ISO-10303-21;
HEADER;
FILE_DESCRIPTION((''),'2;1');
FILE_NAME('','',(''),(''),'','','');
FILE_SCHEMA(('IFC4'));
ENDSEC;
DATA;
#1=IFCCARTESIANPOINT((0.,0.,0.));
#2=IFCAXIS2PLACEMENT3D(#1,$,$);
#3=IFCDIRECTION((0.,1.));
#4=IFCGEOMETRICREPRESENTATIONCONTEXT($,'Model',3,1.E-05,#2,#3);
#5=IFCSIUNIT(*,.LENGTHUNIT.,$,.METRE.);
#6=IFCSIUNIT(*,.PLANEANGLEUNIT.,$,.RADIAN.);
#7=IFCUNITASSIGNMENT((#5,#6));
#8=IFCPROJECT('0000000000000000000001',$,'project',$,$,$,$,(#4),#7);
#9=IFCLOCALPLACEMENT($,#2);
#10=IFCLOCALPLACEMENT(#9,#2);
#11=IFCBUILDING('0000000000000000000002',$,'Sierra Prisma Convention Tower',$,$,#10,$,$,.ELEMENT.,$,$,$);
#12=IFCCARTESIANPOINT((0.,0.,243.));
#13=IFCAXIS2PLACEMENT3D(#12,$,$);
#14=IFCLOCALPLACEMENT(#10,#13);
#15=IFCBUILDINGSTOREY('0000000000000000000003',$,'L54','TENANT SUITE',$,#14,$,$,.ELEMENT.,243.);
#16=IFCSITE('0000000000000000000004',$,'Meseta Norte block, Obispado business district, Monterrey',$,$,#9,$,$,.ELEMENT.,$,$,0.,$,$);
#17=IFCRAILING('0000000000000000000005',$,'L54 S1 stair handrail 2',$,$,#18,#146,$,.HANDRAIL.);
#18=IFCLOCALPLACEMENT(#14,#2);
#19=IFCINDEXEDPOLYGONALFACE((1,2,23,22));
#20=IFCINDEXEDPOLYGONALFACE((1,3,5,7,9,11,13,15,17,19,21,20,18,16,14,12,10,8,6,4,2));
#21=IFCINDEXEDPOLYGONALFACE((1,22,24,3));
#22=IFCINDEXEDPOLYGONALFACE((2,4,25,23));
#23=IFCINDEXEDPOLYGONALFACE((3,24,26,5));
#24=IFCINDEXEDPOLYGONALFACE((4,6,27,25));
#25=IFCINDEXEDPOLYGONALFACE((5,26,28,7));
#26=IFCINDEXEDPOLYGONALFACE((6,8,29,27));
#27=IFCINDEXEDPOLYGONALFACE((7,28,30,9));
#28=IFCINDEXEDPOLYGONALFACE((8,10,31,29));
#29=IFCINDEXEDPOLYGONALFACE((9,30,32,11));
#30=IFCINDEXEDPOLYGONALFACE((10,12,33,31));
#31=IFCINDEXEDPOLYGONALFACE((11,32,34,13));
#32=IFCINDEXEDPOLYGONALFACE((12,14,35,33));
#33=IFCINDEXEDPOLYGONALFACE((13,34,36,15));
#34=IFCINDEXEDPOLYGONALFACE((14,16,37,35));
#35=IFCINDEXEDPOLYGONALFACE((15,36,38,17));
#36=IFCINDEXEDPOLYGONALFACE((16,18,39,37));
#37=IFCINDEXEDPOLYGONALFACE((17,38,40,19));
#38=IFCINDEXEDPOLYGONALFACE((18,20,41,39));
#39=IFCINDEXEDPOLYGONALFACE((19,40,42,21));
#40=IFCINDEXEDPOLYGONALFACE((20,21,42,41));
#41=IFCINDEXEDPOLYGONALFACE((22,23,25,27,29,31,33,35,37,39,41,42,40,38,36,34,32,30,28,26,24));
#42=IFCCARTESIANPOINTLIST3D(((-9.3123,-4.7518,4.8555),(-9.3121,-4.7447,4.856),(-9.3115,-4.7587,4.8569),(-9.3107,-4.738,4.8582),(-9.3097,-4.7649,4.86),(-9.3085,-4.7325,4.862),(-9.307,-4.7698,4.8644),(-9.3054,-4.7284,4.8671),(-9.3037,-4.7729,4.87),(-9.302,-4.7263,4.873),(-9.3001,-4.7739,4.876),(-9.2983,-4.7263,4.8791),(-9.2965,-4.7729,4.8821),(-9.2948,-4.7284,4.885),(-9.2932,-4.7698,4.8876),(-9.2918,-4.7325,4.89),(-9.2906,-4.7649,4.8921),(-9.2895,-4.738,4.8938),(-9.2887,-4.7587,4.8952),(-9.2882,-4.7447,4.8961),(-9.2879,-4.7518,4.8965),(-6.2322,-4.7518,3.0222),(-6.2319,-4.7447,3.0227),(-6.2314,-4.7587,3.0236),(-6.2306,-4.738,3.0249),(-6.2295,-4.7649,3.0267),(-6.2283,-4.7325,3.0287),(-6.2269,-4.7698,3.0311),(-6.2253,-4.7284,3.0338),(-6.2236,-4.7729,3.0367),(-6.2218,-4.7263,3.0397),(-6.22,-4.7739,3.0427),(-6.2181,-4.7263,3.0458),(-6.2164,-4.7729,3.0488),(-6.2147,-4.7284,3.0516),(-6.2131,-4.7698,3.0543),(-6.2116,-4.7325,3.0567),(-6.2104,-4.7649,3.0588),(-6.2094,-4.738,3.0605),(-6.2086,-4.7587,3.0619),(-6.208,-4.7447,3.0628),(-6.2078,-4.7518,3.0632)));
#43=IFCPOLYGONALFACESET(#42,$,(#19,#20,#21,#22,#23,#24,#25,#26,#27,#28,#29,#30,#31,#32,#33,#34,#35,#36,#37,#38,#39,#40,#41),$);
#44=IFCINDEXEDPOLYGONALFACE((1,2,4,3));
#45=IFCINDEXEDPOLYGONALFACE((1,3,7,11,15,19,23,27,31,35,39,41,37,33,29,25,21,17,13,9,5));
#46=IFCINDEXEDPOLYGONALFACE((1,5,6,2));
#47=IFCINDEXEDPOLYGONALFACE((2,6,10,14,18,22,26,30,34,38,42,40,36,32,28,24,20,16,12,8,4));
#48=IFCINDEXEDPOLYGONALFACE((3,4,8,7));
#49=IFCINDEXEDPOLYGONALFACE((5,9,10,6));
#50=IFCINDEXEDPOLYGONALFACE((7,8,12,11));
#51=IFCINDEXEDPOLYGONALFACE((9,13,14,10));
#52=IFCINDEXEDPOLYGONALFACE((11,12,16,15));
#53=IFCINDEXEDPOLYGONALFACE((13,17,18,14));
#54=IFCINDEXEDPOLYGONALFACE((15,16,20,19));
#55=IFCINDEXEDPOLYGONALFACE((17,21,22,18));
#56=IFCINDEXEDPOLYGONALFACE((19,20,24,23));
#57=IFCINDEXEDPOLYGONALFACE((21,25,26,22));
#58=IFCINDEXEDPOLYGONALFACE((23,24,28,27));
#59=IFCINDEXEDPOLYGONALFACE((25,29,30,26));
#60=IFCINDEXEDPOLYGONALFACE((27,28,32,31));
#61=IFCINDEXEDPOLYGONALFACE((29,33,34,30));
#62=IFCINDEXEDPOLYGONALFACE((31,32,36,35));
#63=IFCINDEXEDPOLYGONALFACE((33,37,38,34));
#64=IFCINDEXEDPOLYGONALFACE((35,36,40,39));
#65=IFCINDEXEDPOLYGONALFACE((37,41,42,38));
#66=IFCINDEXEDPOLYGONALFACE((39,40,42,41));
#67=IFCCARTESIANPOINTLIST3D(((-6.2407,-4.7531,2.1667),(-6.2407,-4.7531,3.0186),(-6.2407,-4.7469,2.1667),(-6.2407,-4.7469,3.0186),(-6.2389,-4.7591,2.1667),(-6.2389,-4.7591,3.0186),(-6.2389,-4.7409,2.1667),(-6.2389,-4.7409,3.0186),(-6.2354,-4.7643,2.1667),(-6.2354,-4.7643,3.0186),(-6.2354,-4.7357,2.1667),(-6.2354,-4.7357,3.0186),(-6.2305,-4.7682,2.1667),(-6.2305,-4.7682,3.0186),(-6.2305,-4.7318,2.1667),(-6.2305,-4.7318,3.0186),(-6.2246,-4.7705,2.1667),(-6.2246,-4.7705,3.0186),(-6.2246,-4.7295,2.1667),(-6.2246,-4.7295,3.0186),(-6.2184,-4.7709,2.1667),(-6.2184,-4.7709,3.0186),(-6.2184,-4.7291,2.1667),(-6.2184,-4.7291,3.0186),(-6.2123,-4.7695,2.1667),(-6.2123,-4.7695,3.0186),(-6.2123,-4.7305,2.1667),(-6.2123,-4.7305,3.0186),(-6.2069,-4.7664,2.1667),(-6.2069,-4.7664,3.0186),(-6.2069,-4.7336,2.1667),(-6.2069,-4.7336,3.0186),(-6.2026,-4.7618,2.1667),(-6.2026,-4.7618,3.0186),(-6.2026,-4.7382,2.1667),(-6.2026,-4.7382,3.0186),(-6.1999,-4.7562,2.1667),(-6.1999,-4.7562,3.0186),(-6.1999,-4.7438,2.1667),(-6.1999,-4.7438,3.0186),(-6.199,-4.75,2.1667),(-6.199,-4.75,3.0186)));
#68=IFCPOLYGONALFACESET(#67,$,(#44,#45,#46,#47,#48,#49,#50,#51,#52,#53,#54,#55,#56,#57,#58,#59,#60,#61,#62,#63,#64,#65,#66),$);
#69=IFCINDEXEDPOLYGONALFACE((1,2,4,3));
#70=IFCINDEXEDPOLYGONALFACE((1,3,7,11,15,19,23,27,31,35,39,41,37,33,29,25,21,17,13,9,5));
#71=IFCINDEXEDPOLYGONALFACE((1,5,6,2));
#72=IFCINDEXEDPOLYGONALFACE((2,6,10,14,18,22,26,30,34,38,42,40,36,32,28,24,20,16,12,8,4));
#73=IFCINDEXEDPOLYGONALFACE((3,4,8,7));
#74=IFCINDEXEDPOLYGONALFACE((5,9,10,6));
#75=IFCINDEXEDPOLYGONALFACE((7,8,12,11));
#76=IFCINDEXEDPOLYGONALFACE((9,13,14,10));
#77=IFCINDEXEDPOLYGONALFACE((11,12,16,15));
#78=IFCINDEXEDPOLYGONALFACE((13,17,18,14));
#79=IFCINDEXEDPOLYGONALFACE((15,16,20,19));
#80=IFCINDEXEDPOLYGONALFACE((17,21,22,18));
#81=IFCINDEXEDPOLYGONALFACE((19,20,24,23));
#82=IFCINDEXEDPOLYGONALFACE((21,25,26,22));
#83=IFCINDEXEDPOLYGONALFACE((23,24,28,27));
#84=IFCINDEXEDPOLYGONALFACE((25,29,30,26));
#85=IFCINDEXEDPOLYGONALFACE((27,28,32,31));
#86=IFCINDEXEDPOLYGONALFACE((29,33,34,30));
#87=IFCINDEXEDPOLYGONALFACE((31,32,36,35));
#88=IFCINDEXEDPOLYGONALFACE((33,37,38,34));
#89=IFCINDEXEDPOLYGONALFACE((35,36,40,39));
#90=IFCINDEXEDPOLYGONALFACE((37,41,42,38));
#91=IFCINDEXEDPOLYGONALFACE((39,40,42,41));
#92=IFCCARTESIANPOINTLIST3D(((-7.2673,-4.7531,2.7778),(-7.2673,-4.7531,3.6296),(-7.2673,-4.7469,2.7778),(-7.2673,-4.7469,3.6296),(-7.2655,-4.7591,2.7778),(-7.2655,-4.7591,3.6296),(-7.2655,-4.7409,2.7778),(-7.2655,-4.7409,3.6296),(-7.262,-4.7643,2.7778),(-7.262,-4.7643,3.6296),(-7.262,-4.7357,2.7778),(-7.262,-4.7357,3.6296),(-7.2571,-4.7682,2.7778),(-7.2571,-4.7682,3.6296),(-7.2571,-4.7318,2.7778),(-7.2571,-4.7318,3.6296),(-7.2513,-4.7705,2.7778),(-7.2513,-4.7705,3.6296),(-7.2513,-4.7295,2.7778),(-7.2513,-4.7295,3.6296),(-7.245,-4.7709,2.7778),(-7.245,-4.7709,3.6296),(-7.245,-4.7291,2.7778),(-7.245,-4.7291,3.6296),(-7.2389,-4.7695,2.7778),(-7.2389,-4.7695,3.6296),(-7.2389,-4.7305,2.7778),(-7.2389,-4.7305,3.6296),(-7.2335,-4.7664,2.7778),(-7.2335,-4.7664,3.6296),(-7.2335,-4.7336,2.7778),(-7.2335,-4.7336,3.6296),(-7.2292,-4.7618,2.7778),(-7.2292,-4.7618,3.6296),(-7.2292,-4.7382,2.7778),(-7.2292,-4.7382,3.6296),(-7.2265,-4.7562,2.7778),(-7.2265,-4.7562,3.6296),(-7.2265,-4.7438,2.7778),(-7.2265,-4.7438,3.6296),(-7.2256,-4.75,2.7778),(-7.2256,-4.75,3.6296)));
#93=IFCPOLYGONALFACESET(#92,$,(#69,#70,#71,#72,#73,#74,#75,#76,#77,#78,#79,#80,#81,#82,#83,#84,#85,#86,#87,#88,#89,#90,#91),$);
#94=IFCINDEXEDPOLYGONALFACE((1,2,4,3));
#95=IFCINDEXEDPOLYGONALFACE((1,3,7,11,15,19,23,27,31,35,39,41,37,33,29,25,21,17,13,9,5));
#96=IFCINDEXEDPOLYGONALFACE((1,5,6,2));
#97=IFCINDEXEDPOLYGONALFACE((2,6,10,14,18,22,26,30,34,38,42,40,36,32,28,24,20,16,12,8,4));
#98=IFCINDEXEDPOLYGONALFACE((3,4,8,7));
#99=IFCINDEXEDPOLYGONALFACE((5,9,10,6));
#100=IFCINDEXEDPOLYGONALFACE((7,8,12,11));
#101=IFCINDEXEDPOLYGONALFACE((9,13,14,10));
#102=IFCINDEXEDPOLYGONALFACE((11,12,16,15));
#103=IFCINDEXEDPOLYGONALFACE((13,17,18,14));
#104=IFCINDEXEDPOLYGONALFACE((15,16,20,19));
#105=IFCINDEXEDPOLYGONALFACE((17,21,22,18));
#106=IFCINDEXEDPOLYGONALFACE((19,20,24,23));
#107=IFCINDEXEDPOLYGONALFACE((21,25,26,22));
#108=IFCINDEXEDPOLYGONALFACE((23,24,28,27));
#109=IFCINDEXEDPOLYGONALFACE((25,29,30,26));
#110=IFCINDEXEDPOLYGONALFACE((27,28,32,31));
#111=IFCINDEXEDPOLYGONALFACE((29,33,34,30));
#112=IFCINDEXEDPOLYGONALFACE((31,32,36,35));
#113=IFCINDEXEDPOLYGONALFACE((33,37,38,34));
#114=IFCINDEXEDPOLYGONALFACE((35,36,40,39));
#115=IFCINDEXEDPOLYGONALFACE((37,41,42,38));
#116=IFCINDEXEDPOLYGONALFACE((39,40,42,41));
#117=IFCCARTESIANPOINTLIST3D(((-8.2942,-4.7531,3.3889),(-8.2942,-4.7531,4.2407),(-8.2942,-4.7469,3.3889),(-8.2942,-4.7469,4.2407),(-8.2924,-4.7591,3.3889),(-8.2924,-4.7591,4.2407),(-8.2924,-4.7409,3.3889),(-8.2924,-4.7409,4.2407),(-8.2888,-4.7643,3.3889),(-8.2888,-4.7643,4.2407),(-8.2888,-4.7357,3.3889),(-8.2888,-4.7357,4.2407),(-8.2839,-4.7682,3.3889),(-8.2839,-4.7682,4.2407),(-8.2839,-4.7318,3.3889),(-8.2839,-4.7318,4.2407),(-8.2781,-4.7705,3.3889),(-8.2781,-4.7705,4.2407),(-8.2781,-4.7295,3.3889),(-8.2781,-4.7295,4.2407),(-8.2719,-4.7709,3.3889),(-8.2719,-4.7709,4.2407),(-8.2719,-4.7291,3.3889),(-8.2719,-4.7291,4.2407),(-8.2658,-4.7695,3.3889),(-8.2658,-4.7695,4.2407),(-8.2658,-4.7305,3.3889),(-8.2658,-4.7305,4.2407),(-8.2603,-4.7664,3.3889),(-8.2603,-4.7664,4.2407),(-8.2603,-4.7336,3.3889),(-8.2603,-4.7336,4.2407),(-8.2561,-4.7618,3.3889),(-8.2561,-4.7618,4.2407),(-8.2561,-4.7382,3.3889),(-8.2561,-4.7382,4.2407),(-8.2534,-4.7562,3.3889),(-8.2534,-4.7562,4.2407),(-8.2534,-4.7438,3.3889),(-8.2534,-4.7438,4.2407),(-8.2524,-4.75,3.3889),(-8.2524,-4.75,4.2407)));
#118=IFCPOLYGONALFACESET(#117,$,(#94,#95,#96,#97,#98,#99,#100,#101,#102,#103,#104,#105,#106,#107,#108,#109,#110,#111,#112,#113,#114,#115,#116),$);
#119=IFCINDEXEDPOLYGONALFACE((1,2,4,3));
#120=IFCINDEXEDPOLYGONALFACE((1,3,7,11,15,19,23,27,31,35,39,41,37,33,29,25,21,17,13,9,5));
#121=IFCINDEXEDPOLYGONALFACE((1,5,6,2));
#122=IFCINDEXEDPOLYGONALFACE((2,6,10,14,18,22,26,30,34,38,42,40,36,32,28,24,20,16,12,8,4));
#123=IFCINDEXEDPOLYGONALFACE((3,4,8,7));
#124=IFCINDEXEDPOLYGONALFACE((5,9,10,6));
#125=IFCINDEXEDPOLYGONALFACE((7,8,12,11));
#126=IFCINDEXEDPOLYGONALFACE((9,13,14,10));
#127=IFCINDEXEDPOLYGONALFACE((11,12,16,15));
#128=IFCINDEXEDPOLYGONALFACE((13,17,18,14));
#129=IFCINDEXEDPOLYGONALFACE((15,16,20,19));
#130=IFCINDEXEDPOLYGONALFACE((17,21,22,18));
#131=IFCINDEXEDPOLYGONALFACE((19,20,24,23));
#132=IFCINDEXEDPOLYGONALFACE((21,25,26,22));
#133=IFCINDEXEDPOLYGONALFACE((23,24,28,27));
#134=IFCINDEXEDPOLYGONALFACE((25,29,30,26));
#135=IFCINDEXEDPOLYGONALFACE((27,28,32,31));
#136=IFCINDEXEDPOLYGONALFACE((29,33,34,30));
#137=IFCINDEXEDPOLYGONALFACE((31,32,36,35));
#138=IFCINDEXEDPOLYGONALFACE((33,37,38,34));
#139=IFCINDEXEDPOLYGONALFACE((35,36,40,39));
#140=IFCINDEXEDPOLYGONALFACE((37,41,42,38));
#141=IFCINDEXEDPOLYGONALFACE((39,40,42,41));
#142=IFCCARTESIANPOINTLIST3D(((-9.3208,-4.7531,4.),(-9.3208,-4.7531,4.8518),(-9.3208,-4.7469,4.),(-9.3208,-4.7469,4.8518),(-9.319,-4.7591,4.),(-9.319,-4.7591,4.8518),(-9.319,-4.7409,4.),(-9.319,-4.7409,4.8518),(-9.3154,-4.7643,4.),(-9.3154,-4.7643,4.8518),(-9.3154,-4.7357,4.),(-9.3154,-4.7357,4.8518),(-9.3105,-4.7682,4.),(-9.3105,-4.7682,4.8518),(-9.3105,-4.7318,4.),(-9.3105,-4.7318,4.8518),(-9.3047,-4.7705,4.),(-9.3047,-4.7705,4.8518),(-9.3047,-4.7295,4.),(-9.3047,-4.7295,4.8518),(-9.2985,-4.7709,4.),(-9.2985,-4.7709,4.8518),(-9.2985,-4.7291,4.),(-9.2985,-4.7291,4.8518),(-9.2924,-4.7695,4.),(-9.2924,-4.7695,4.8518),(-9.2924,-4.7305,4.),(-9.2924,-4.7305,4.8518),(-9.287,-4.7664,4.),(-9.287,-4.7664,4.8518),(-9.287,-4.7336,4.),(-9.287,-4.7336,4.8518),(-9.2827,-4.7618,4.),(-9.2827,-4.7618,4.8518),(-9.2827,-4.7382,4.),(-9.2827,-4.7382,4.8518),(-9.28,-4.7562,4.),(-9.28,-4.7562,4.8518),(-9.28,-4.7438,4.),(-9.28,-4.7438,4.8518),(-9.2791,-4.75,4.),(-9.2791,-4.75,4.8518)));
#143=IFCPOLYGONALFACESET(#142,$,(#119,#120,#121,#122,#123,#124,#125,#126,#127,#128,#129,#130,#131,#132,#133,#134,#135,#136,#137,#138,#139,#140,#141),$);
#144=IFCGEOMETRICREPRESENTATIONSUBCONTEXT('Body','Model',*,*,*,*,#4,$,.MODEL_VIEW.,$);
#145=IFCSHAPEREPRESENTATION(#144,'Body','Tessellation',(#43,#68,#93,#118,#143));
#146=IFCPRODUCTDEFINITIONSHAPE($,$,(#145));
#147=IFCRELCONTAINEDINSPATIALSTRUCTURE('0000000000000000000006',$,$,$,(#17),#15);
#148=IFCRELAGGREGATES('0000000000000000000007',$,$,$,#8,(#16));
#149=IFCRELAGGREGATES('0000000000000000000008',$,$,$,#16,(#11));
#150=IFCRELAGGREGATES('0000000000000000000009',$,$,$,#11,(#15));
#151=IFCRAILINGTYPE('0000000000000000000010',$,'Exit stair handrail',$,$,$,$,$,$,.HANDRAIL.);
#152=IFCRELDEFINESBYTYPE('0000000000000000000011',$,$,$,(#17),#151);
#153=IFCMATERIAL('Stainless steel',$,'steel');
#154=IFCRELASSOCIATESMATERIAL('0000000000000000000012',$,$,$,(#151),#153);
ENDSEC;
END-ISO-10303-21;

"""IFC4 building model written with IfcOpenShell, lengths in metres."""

from ifc_helpers import new_model, si_unit, direction, frame, origin, origin_2d, place, context, subcontext, project, spatial, circle, extrude, material, type_object, element, save


model = new_model("IFC4")

# Units and contexts
model_context = context("Model", 3, precision=1e-05, world=origin(), true_north=direction((0.0, 1.0)))
body_context = subcontext(model_context, "Body", "Model", "MODEL_VIEW")
ifc_project = project(units=[si_unit("LENGTHUNIT", "METRE"), si_unit("PLANEANGLEUNIT", "RADIAN")], contexts=[model_context])

# Site, building, storey
site_placement = place(None, origin())
site = spatial("IfcSite", under=ifc_project, at=site_placement, Name="Meseta Norte block, Obispado business district, Monterrey", CompositionType="ELEMENT", RefElevation=0.0)
building_placement = place(site_placement, origin())
building = spatial("IfcBuilding", under=site, at=building_placement, Name="Sierra Prisma Convention Tower", CompositionType="ELEMENT")
storey_placement = place(building_placement, frame((0.0, 0.0, 243.0)))
storey = spatial("IfcBuildingStorey", under=building, at=storey_placement, Name="L54", Description="TENANT SUITE", CompositionType="ELEMENT", Elevation=243.0)

# Railing
ifc_material_1 = material(Name="Stainless steel", Category="steel")
railing_type_1 = type_object("IfcRailingType", Name="Exit stair handrail", PredefinedType="HANDRAIL", material=ifc_material_1)
railing_1_placement = place(storey_placement, frame((-6.22, -4.75, 2.1667)))
element("IfcRailing", 1, at=railing_1_placement, inside=storey, type_object=railing_type_1, Name="L54 S1 stair handrail 2", PredefinedType="HANDRAIL", context=body_context, shape_type="SweptSolid", body=[
    extrude(circle(Radius=0.0239, at=origin_2d()), frame((0.0, 0.0, 0.876), z_axis=(-0.859309, 0.0, 0.511458), x_axis=(0.0, -1.0, 0.0)), (0.0, 0.0, 1.0), 3.5845),
    extrude(circle(Radius=0.021, at=origin_2d()), origin(), (0.0, 0.0, 1.0), 0.8518),
    extrude(circle(Radius=0.021, at=origin_2d()), frame((-1.0266, 0.0, 0.6111)), (0.0, 0.0, 1.0), 0.8518),
    extrude(circle(Radius=0.021, at=origin_2d()), frame((-2.0535, 0.0, 1.2222)), (0.0, 0.0, 1.0), 0.8518),
    extrude(circle(Radius=0.021, at=origin_2d()), frame((-3.0801, 0.0, 1.8333)), (0.0, 0.0, 1.0), 0.8518),
])

save(model, "model.ifc")
